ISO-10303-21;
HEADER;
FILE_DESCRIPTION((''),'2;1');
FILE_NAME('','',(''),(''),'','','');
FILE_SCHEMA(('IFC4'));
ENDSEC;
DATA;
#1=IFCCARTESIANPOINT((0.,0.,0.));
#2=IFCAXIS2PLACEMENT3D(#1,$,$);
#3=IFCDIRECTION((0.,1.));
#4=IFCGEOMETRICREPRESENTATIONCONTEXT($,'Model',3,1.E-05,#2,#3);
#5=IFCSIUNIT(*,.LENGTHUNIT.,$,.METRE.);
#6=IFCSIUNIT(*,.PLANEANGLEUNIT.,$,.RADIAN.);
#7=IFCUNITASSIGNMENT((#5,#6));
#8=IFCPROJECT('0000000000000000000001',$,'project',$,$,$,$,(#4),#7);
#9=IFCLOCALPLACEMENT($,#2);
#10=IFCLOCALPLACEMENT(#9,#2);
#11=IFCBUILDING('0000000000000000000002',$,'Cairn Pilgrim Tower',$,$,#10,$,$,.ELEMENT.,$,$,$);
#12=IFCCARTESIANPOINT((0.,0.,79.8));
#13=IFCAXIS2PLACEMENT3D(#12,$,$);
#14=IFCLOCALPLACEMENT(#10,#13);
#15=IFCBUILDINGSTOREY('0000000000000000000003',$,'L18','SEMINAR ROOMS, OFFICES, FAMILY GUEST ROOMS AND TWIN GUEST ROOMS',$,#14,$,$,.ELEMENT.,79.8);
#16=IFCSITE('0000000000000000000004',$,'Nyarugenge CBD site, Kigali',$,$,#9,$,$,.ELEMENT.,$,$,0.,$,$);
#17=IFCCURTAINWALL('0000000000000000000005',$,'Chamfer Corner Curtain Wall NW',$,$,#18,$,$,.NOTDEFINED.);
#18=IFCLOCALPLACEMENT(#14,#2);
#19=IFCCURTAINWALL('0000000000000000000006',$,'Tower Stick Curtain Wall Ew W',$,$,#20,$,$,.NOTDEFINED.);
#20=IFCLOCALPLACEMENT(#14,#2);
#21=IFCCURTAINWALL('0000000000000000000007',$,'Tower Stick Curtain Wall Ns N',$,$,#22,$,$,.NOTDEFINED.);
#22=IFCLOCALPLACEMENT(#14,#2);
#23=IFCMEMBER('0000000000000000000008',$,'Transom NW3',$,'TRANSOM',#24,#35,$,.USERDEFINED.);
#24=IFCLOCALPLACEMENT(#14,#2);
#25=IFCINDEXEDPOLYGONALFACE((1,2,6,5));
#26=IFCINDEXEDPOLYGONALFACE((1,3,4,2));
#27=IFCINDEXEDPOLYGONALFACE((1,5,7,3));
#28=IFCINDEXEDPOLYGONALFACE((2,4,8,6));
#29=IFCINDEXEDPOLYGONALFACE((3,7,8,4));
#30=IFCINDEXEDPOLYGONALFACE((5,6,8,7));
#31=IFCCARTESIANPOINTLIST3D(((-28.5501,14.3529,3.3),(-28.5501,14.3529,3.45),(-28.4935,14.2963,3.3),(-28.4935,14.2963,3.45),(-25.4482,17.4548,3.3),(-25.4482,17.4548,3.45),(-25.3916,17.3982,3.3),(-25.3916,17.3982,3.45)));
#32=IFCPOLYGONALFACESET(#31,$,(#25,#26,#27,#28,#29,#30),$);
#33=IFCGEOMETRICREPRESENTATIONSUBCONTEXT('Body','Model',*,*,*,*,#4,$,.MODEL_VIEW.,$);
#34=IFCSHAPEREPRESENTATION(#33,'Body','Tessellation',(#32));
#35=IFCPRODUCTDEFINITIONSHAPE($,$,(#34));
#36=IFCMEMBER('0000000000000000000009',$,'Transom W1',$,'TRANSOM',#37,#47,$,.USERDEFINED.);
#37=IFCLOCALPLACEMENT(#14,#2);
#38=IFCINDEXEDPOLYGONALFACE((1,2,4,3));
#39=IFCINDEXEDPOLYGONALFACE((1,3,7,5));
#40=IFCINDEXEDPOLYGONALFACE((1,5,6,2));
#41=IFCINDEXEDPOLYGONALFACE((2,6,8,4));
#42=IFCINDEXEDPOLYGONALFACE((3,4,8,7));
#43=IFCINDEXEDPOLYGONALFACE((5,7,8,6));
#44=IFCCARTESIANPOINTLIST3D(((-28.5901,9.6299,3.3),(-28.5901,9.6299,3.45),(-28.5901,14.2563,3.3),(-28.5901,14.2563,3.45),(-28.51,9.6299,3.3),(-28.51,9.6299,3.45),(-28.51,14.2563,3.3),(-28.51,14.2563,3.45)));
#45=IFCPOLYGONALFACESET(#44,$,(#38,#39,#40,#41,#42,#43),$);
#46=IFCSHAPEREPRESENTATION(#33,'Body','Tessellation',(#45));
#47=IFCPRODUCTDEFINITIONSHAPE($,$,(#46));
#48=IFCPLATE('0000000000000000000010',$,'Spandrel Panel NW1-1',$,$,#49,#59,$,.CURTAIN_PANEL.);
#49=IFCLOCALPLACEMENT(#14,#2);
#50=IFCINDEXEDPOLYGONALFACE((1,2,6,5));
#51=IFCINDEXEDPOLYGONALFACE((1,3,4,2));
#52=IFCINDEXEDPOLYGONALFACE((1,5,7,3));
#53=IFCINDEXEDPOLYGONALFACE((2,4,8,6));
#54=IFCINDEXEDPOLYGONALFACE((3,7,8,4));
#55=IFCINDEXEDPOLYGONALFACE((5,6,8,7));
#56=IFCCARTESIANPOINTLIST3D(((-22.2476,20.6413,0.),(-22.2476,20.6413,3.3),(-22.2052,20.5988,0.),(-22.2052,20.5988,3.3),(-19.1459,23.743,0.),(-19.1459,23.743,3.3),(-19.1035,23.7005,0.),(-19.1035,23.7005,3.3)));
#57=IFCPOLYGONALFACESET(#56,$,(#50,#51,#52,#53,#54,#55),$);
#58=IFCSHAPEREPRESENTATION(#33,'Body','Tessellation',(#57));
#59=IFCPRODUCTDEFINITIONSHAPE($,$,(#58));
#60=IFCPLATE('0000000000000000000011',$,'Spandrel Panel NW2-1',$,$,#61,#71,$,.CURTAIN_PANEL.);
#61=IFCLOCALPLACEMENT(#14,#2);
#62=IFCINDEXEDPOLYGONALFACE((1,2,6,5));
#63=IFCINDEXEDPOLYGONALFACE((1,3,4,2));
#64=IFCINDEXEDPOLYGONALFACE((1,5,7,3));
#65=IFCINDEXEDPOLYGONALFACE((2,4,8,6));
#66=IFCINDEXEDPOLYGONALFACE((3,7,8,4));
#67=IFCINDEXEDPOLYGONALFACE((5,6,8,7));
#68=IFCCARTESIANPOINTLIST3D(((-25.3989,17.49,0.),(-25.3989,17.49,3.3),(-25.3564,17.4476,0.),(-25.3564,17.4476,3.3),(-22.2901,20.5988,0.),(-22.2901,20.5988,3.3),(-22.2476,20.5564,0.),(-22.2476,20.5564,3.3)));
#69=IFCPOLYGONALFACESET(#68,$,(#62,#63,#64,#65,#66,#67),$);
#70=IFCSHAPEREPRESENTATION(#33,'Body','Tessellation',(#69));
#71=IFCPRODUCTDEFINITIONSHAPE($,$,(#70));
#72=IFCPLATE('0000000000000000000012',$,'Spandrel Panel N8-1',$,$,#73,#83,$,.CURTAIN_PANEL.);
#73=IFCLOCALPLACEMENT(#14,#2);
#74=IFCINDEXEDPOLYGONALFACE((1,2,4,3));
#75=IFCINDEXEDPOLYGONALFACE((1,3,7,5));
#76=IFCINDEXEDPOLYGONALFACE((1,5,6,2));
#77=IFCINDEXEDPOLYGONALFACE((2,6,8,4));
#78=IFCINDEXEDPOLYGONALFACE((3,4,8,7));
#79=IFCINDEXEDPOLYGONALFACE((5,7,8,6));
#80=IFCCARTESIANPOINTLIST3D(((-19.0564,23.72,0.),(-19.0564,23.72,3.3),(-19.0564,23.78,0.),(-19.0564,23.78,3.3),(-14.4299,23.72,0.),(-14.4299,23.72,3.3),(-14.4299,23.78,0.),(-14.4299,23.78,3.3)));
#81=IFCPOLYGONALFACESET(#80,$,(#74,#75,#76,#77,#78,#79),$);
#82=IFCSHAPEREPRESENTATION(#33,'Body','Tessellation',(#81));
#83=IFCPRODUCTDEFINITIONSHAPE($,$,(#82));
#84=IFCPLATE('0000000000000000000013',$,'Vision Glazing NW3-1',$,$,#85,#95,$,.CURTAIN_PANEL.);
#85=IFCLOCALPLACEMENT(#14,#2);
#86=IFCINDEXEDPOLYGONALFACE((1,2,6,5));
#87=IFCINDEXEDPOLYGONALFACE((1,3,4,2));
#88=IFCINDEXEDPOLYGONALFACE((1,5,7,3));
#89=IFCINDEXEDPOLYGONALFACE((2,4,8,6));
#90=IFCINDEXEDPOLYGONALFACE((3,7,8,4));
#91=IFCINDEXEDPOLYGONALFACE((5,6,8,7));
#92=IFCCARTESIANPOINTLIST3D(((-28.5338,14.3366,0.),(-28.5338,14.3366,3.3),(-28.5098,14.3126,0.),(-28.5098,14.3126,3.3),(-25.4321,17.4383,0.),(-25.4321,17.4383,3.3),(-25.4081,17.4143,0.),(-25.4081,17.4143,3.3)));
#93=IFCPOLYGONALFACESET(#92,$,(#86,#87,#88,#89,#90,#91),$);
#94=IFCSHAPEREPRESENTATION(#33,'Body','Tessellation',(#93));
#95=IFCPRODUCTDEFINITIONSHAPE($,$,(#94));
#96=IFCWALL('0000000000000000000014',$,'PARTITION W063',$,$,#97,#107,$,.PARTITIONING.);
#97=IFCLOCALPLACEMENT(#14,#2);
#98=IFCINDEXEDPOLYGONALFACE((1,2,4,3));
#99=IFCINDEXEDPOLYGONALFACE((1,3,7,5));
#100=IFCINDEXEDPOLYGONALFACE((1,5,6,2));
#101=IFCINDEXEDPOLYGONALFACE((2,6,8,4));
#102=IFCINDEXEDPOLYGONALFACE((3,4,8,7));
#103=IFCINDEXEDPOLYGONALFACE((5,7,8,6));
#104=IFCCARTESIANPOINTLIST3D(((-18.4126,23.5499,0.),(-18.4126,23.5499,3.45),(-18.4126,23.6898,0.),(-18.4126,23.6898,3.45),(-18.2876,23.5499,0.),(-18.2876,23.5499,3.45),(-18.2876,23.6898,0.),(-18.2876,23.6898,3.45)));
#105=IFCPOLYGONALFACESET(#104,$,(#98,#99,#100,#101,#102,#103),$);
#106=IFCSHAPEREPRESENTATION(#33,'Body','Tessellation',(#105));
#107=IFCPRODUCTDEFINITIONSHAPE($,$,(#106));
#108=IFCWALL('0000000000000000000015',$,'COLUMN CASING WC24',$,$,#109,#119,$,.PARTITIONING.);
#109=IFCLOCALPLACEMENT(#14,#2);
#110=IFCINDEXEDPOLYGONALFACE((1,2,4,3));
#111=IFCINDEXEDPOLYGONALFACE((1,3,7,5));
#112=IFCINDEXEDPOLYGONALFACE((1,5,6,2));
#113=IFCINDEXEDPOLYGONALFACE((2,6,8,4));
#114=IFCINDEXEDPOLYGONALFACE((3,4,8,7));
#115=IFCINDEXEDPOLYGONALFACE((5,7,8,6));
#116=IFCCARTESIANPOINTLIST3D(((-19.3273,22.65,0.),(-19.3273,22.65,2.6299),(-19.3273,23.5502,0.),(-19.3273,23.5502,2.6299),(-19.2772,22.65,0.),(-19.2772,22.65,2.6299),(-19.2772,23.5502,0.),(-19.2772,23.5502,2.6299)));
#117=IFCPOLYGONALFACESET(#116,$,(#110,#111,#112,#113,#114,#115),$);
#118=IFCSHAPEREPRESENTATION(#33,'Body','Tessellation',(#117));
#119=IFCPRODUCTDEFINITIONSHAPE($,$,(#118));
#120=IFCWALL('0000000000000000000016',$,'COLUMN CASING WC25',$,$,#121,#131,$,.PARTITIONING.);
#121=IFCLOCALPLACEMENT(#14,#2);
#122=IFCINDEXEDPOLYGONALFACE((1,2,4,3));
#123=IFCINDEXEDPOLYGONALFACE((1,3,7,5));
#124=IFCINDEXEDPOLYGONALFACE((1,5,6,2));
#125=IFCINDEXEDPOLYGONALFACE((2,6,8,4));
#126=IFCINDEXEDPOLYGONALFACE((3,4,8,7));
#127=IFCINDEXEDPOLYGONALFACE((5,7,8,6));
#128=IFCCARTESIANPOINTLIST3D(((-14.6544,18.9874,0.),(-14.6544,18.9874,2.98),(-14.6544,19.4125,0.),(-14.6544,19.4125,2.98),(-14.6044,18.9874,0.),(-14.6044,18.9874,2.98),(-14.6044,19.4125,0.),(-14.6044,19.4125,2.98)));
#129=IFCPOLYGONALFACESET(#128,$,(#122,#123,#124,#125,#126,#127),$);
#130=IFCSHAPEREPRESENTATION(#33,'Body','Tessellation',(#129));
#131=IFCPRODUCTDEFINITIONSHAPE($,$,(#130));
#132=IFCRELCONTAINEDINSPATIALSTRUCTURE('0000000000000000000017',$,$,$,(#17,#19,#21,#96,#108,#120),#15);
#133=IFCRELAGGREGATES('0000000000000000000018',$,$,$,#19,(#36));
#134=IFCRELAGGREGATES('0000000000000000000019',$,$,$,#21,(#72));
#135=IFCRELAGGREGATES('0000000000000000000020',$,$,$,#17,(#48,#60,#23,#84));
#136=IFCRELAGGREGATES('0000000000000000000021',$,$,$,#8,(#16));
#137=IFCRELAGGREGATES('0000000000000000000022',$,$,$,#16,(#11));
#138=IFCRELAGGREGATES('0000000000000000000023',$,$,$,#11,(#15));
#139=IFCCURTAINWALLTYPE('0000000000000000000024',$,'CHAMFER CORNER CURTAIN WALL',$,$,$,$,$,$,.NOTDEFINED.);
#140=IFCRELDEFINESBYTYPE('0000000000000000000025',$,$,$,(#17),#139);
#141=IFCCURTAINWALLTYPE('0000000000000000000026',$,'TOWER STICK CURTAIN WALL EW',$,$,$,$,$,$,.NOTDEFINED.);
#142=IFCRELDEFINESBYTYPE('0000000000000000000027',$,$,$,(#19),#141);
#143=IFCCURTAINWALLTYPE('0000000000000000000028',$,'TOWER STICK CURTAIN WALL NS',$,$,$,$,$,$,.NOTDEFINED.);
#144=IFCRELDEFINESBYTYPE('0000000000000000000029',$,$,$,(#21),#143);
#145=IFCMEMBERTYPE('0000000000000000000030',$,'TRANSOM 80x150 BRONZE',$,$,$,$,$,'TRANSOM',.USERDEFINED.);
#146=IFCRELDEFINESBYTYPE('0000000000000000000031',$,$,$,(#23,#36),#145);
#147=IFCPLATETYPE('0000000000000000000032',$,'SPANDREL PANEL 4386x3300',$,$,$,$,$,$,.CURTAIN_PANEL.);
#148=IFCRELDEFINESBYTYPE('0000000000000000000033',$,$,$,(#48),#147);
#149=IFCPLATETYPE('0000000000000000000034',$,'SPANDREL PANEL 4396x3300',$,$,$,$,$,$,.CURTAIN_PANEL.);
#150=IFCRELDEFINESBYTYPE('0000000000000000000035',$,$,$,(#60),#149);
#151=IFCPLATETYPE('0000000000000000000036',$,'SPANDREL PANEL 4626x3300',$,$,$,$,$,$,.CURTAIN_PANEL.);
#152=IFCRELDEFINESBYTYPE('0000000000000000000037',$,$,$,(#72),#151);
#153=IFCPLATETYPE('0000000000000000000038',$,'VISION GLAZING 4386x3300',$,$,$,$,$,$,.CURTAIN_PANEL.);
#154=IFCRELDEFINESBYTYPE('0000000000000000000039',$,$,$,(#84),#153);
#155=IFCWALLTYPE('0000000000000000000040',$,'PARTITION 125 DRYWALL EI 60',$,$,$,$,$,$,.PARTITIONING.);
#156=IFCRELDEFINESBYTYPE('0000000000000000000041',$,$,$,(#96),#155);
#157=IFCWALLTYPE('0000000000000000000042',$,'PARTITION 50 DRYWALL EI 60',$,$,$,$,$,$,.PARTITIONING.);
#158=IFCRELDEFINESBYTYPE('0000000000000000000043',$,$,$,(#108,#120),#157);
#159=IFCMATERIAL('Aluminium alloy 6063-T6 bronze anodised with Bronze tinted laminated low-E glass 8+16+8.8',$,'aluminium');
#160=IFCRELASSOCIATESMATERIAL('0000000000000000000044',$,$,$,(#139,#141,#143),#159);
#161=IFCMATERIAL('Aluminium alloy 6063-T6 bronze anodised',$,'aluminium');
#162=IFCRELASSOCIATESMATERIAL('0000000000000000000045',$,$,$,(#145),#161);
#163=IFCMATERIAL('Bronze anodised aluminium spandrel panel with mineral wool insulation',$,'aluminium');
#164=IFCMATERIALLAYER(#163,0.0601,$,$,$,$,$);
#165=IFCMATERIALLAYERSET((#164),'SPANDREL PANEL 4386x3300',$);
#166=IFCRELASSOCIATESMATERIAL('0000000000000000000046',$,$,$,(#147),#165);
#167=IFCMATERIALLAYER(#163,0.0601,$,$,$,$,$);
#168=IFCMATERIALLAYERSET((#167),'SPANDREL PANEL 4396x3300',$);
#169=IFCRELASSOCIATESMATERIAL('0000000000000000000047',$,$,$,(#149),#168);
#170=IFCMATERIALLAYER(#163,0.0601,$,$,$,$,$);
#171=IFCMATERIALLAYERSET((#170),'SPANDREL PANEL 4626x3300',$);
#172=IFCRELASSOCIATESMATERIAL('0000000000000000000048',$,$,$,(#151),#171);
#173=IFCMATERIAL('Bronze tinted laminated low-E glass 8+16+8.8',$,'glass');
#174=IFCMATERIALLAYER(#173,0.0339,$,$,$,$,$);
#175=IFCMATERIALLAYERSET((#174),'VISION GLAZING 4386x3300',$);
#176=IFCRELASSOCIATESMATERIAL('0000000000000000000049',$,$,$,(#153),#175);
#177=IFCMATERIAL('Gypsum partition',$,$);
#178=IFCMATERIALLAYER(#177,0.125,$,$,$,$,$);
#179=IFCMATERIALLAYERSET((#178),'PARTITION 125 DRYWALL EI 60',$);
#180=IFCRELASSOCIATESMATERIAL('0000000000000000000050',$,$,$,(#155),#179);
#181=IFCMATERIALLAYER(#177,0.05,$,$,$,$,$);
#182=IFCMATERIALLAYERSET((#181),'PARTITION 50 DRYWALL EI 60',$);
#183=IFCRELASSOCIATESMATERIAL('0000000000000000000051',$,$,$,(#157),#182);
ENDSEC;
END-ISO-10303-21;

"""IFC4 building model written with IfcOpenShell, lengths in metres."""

from ifc_helpers import new_model, si_unit, direction, frame, frame_2d, origin, origin_2d, place, context, subcontext, project, spatial, rectangle, extrude, material, layer, layer_set, material_profile, profile_set, type_object, element, aggregate, save


model = new_model("IFC4")

# Units and contexts
model_context = context("Model", 3, precision=1e-05, world=origin(), true_north=direction((0.0, 1.0)))
body_context = subcontext(model_context, "Body", "Model", "MODEL_VIEW")
ifc_project = project(units=[si_unit("LENGTHUNIT", "METRE"), si_unit("PLANEANGLEUNIT", "RADIAN")], contexts=[model_context])

# Site, building, storey
site_placement = place(None, origin())
site = spatial("IfcSite", under=ifc_project, at=site_placement, Name="Nyarugenge CBD site, Kigali", CompositionType="ELEMENT", RefElevation=0.0)
building_placement = place(site_placement, origin())
building = spatial("IfcBuilding", under=site, at=building_placement, Name="Cairn Pilgrim Tower", CompositionType="ELEMENT")
storey_placement = place(building_placement, frame((0.0, 0.0, 79.8)))
storey = spatial("IfcBuildingStorey", under=building, at=storey_placement, Name="L18", Description="SEMINAR ROOMS, OFFICES, FAMILY GUEST ROOMS AND TWIN GUEST ROOMS", CompositionType="ELEMENT", Elevation=79.8)

# Curtain wall
ifc_material_1 = material(Name="Aluminium alloy 6063-T6 bronze anodised with Bronze tinted laminated low-E glass 8+16+8.8", Category="aluminium")
curtain_wall_type_1 = type_object("IfcCurtainWallType", Name="CHAMFER CORNER CURTAIN WALL", PredefinedType="NOTDEFINED", material=ifc_material_1)
curtain_wall_1_placement = place(storey_placement, origin())
curtain_wall_1 = element("IfcCurtainWall", 1, at=curtain_wall_1_placement, inside=storey, type_object=curtain_wall_type_1, Name="Chamfer Corner Curtain Wall NW", PredefinedType="NOTDEFINED")
ifc_material_2 = material(Name="Aluminium alloy 6063-T6 bronze anodised", Category="aluminium")

# Curtain wall
curtain_wall_type_2 = type_object("IfcCurtainWallType", Name="TOWER STICK CURTAIN WALL EW", PredefinedType="NOTDEFINED", material=ifc_material_1)
curtain_wall_2_placement = place(storey_placement, origin())
curtain_wall_2 = element("IfcCurtainWall", 2, at=curtain_wall_2_placement, inside=storey, type_object=curtain_wall_type_2, Name="Tower Stick Curtain Wall Ew W", PredefinedType="NOTDEFINED")

# Curtain wall
curtain_wall_type_3 = type_object("IfcCurtainWallType", Name="TOWER STICK CURTAIN WALL NS", PredefinedType="NOTDEFINED", material=ifc_material_1)
curtain_wall_3_placement = place(storey_placement, origin())
curtain_wall_3 = element("IfcCurtainWall", 3, at=curtain_wall_3_placement, inside=storey, type_object=curtain_wall_type_3, Name="Tower Stick Curtain Wall Ns N", PredefinedType="NOTDEFINED")
ifc_material_profile_1 = material_profile(ifc_material_2, rectangle(XDim=0.0801, YDim=0.1499, at=origin_2d()), Name="TRANSOM 80x150 BRONZE")
ifc_profile_set_1 = profile_set([ifc_material_profile_1], Name="Aluminium alloy 6063-T6 bronze anodised")
member_type_1 = type_object("IfcMemberType", Name="TRANSOM 80x150 BRONZE", ElementType="TRANSOM", PredefinedType="USERDEFINED", material=ifc_profile_set_1)

# Members
member_1_placement = place(storey_placement, frame((-25.4199, 17.4265, 3.375), z_axis=(-0.707107, -0.707107, 0.0), x_axis=(0.707107, -0.707107, 0.0)))
member_1 = element("IfcMember", 4, at=member_1_placement, type_object=member_type_1, Name="Transom NW3", ObjectType="TRANSOM", PredefinedType="USERDEFINED", context=body_context, shape_type="SweptSolid", body=[
    extrude(rectangle(XDim=0.0801, YDim=0.1499, at=origin_2d()), origin(), (0.0, 0.0, 1.0), 4.3867),
])
member_2_placement = place(storey_placement, frame((-28.55, 14.2563, 3.375), z_axis=(0.0, -1.0, 0.0), x_axis=(1.0, 0.0, 0.0)))
member_2 = element("IfcMember", 5, at=member_2_placement, type_object=member_type_1, Name="Transom W1", ObjectType="TRANSOM", PredefinedType="USERDEFINED", context=body_context, shape_type="SweptSolid", body=[
    extrude(rectangle(XDim=0.0801, YDim=0.1499, at=origin_2d()), origin(), (0.0, 0.0, 1.0), 4.6265),
])
aggregate(curtain_wall_2, [member_2])

# Plates
ifc_material_3 = material(Name="Bronze anodised aluminium spandrel panel with mineral wool insulation", Category="aluminium")
ifc_layer_1 = layer(ifc_material_3, 0.0601)
ifc_layer_set_1 = layer_set([ifc_layer_1], Name="SPANDREL PANEL 4386x3300")
plate_type_1 = type_object("IfcPlateType", Name="SPANDREL PANEL 4386x3300", PredefinedType="CURTAIN_PANEL", material=ifc_layer_set_1)
plate_1_placement = place(storey_placement, frame((-20.6755, 22.1709, 0.0), z_axis=(0.0, 0.0, 1.0), x_axis=(-0.707107, -0.707107, 0.0)))
plate_1 = element("IfcPlate", 6, at=plate_1_placement, type_object=plate_type_1, Name="Spandrel Panel NW1-1", PredefinedType="CURTAIN_PANEL", context=body_context, shape_type="SweptSolid", body=[
    extrude(rectangle(XDim=4.3865, YDim=0.0601, at=origin_2d()), origin(), (0.0, 0.0, 1.0), 3.3),
])
ifc_layer_2 = layer(ifc_material_3, 0.0601)
ifc_layer_set_2 = layer_set([ifc_layer_2], Name="SPANDREL PANEL 4396x3300")
plate_type_2 = type_object("IfcPlateType", Name="SPANDREL PANEL 4396x3300", PredefinedType="CURTAIN_PANEL", material=ifc_layer_set_2)
plate_2_placement = place(storey_placement, frame((-23.8232, 19.0232, 0.0), z_axis=(0.0, 0.0, 1.0), x_axis=(-0.707107, -0.707107, 0.0)))
plate_2 = element("IfcPlate", 7, at=plate_2_placement, type_object=plate_type_2, Name="Spandrel Panel NW2-1", PredefinedType="CURTAIN_PANEL", context=body_context, shape_type="SweptSolid", body=[
    extrude(rectangle(XDim=4.3965, YDim=0.0601, at=origin_2d()), origin(), (0.0, 0.0, 1.0), 3.3),
])
ifc_layer_3 = layer(ifc_material_3, 0.0601)
ifc_layer_set_3 = layer_set([ifc_layer_3], Name="SPANDREL PANEL 4626x3300")
plate_type_3 = type_object("IfcPlateType", Name="SPANDREL PANEL 4626x3300", PredefinedType="CURTAIN_PANEL", material=ifc_layer_set_3)
plate_3_placement = place(storey_placement, frame((-16.7432, 23.75, 0.0), z_axis=(0.0, 0.0, 1.0), x_axis=(-1.0, 0.0, 0.0)))
plate_3 = element("IfcPlate", 8, at=plate_3_placement, type_object=plate_type_3, Name="Spandrel Panel N8-1", PredefinedType="CURTAIN_PANEL", context=body_context, shape_type="SweptSolid", body=[
    extrude(rectangle(XDim=4.6265, YDim=0.0601, at=origin_2d()), origin(), (0.0, 0.0, 1.0), 3.3),
])
aggregate(curtain_wall_3, [plate_3])
ifc_material_4 = material(Name="Bronze tinted laminated low-E glass 8+16+8.8", Category="glass")
ifc_layer_4 = layer(ifc_material_4, 0.0339)
ifc_layer_set_4 = layer_set([ifc_layer_4], Name="VISION GLAZING 4386x3300")
plate_type_4 = type_object("IfcPlateType", Name="VISION GLAZING 4386x3300", PredefinedType="CURTAIN_PANEL", material=ifc_layer_set_4)
plate_4_placement = place(storey_placement, frame((-26.9709, 15.8755, 0.0), z_axis=(0.0, 0.0, 1.0), x_axis=(-0.707107, -0.707107, 0.0)))
plate_4 = element("IfcPlate", 9, at=plate_4_placement, type_object=plate_type_4, Name="Vision Glazing NW3-1", PredefinedType="CURTAIN_PANEL", context=body_context, shape_type="SweptSolid", body=[
    extrude(rectangle(XDim=4.3865, YDim=0.0339, at=origin_2d()), origin(), (0.0, 0.0, 1.0), 3.3),
])
aggregate(curtain_wall_1, [plate_1, plate_2, member_1, plate_4])

# Walls
ifc_material_5 = material(Name="Gypsum partition")
ifc_layer_5 = layer(ifc_material_5, 0.125)
ifc_layer_set_5 = layer_set([ifc_layer_5], Name="PARTITION 125 DRYWALL EI 60")
wall_type_1 = type_object("IfcWallType", Name="PARTITION 125 DRYWALL EI 60", PredefinedType="PARTITIONING", material=ifc_layer_set_5)
wall_1_placement = place(storey_placement, frame((-18.3501, 23.55, 0.0), z_axis=(0.0, 0.0, 1.0), x_axis=(0.0, 1.0, 0.0)))
element("IfcWall", 10, at=wall_1_placement, inside=storey, type_object=wall_type_1, Name="PARTITION W063", PredefinedType="PARTITIONING", context=body_context, shape_type="SweptSolid", body=[
    extrude(rectangle(XDim=0.1399, YDim=0.125, at=frame_2d((0.0698, 0.0))), origin(), (0.0, 0.0, 1.0), 3.45),
])
ifc_layer_6 = layer(ifc_material_5, 0.05)
ifc_layer_set_6 = layer_set([ifc_layer_6], Name="PARTITION 50 DRYWALL EI 60")
wall_type_2 = type_object("IfcWallType", Name="PARTITION 50 DRYWALL EI 60", PredefinedType="PARTITIONING", material=ifc_layer_set_6)
wall_2_placement = place(storey_placement, frame((-19.3022, 22.6499, 0.0), z_axis=(0.0, 0.0, 1.0), x_axis=(0.0, 1.0, 0.0)))
element("IfcWall", 11, at=wall_2_placement, inside=storey, type_object=wall_type_2, Name="COLUMN CASING WC24", PredefinedType="PARTITIONING", context=body_context, shape_type="SweptSolid", body=[
    extrude(rectangle(XDim=0.9001, YDim=0.05, at=frame_2d((0.4502, 0.0))), origin(), (0.0, 0.0, 1.0), 2.6299),
])
wall_3_placement = place(storey_placement, frame((-14.6294, 18.9875, 0.0), z_axis=(0.0, 0.0, 1.0), x_axis=(0.0, 1.0, 0.0)))
element("IfcWall", 12, at=wall_3_placement, inside=storey, type_object=wall_type_2, Name="COLUMN CASING WC25", PredefinedType="PARTITIONING", context=body_context, shape_type="SweptSolid", body=[
    extrude(rectangle(XDim=0.425, YDim=0.05, at=frame_2d((0.2124, 0.0))), origin(), (0.0, 0.0, 1.0), 2.98),
])

save(model, "model.ifc")
